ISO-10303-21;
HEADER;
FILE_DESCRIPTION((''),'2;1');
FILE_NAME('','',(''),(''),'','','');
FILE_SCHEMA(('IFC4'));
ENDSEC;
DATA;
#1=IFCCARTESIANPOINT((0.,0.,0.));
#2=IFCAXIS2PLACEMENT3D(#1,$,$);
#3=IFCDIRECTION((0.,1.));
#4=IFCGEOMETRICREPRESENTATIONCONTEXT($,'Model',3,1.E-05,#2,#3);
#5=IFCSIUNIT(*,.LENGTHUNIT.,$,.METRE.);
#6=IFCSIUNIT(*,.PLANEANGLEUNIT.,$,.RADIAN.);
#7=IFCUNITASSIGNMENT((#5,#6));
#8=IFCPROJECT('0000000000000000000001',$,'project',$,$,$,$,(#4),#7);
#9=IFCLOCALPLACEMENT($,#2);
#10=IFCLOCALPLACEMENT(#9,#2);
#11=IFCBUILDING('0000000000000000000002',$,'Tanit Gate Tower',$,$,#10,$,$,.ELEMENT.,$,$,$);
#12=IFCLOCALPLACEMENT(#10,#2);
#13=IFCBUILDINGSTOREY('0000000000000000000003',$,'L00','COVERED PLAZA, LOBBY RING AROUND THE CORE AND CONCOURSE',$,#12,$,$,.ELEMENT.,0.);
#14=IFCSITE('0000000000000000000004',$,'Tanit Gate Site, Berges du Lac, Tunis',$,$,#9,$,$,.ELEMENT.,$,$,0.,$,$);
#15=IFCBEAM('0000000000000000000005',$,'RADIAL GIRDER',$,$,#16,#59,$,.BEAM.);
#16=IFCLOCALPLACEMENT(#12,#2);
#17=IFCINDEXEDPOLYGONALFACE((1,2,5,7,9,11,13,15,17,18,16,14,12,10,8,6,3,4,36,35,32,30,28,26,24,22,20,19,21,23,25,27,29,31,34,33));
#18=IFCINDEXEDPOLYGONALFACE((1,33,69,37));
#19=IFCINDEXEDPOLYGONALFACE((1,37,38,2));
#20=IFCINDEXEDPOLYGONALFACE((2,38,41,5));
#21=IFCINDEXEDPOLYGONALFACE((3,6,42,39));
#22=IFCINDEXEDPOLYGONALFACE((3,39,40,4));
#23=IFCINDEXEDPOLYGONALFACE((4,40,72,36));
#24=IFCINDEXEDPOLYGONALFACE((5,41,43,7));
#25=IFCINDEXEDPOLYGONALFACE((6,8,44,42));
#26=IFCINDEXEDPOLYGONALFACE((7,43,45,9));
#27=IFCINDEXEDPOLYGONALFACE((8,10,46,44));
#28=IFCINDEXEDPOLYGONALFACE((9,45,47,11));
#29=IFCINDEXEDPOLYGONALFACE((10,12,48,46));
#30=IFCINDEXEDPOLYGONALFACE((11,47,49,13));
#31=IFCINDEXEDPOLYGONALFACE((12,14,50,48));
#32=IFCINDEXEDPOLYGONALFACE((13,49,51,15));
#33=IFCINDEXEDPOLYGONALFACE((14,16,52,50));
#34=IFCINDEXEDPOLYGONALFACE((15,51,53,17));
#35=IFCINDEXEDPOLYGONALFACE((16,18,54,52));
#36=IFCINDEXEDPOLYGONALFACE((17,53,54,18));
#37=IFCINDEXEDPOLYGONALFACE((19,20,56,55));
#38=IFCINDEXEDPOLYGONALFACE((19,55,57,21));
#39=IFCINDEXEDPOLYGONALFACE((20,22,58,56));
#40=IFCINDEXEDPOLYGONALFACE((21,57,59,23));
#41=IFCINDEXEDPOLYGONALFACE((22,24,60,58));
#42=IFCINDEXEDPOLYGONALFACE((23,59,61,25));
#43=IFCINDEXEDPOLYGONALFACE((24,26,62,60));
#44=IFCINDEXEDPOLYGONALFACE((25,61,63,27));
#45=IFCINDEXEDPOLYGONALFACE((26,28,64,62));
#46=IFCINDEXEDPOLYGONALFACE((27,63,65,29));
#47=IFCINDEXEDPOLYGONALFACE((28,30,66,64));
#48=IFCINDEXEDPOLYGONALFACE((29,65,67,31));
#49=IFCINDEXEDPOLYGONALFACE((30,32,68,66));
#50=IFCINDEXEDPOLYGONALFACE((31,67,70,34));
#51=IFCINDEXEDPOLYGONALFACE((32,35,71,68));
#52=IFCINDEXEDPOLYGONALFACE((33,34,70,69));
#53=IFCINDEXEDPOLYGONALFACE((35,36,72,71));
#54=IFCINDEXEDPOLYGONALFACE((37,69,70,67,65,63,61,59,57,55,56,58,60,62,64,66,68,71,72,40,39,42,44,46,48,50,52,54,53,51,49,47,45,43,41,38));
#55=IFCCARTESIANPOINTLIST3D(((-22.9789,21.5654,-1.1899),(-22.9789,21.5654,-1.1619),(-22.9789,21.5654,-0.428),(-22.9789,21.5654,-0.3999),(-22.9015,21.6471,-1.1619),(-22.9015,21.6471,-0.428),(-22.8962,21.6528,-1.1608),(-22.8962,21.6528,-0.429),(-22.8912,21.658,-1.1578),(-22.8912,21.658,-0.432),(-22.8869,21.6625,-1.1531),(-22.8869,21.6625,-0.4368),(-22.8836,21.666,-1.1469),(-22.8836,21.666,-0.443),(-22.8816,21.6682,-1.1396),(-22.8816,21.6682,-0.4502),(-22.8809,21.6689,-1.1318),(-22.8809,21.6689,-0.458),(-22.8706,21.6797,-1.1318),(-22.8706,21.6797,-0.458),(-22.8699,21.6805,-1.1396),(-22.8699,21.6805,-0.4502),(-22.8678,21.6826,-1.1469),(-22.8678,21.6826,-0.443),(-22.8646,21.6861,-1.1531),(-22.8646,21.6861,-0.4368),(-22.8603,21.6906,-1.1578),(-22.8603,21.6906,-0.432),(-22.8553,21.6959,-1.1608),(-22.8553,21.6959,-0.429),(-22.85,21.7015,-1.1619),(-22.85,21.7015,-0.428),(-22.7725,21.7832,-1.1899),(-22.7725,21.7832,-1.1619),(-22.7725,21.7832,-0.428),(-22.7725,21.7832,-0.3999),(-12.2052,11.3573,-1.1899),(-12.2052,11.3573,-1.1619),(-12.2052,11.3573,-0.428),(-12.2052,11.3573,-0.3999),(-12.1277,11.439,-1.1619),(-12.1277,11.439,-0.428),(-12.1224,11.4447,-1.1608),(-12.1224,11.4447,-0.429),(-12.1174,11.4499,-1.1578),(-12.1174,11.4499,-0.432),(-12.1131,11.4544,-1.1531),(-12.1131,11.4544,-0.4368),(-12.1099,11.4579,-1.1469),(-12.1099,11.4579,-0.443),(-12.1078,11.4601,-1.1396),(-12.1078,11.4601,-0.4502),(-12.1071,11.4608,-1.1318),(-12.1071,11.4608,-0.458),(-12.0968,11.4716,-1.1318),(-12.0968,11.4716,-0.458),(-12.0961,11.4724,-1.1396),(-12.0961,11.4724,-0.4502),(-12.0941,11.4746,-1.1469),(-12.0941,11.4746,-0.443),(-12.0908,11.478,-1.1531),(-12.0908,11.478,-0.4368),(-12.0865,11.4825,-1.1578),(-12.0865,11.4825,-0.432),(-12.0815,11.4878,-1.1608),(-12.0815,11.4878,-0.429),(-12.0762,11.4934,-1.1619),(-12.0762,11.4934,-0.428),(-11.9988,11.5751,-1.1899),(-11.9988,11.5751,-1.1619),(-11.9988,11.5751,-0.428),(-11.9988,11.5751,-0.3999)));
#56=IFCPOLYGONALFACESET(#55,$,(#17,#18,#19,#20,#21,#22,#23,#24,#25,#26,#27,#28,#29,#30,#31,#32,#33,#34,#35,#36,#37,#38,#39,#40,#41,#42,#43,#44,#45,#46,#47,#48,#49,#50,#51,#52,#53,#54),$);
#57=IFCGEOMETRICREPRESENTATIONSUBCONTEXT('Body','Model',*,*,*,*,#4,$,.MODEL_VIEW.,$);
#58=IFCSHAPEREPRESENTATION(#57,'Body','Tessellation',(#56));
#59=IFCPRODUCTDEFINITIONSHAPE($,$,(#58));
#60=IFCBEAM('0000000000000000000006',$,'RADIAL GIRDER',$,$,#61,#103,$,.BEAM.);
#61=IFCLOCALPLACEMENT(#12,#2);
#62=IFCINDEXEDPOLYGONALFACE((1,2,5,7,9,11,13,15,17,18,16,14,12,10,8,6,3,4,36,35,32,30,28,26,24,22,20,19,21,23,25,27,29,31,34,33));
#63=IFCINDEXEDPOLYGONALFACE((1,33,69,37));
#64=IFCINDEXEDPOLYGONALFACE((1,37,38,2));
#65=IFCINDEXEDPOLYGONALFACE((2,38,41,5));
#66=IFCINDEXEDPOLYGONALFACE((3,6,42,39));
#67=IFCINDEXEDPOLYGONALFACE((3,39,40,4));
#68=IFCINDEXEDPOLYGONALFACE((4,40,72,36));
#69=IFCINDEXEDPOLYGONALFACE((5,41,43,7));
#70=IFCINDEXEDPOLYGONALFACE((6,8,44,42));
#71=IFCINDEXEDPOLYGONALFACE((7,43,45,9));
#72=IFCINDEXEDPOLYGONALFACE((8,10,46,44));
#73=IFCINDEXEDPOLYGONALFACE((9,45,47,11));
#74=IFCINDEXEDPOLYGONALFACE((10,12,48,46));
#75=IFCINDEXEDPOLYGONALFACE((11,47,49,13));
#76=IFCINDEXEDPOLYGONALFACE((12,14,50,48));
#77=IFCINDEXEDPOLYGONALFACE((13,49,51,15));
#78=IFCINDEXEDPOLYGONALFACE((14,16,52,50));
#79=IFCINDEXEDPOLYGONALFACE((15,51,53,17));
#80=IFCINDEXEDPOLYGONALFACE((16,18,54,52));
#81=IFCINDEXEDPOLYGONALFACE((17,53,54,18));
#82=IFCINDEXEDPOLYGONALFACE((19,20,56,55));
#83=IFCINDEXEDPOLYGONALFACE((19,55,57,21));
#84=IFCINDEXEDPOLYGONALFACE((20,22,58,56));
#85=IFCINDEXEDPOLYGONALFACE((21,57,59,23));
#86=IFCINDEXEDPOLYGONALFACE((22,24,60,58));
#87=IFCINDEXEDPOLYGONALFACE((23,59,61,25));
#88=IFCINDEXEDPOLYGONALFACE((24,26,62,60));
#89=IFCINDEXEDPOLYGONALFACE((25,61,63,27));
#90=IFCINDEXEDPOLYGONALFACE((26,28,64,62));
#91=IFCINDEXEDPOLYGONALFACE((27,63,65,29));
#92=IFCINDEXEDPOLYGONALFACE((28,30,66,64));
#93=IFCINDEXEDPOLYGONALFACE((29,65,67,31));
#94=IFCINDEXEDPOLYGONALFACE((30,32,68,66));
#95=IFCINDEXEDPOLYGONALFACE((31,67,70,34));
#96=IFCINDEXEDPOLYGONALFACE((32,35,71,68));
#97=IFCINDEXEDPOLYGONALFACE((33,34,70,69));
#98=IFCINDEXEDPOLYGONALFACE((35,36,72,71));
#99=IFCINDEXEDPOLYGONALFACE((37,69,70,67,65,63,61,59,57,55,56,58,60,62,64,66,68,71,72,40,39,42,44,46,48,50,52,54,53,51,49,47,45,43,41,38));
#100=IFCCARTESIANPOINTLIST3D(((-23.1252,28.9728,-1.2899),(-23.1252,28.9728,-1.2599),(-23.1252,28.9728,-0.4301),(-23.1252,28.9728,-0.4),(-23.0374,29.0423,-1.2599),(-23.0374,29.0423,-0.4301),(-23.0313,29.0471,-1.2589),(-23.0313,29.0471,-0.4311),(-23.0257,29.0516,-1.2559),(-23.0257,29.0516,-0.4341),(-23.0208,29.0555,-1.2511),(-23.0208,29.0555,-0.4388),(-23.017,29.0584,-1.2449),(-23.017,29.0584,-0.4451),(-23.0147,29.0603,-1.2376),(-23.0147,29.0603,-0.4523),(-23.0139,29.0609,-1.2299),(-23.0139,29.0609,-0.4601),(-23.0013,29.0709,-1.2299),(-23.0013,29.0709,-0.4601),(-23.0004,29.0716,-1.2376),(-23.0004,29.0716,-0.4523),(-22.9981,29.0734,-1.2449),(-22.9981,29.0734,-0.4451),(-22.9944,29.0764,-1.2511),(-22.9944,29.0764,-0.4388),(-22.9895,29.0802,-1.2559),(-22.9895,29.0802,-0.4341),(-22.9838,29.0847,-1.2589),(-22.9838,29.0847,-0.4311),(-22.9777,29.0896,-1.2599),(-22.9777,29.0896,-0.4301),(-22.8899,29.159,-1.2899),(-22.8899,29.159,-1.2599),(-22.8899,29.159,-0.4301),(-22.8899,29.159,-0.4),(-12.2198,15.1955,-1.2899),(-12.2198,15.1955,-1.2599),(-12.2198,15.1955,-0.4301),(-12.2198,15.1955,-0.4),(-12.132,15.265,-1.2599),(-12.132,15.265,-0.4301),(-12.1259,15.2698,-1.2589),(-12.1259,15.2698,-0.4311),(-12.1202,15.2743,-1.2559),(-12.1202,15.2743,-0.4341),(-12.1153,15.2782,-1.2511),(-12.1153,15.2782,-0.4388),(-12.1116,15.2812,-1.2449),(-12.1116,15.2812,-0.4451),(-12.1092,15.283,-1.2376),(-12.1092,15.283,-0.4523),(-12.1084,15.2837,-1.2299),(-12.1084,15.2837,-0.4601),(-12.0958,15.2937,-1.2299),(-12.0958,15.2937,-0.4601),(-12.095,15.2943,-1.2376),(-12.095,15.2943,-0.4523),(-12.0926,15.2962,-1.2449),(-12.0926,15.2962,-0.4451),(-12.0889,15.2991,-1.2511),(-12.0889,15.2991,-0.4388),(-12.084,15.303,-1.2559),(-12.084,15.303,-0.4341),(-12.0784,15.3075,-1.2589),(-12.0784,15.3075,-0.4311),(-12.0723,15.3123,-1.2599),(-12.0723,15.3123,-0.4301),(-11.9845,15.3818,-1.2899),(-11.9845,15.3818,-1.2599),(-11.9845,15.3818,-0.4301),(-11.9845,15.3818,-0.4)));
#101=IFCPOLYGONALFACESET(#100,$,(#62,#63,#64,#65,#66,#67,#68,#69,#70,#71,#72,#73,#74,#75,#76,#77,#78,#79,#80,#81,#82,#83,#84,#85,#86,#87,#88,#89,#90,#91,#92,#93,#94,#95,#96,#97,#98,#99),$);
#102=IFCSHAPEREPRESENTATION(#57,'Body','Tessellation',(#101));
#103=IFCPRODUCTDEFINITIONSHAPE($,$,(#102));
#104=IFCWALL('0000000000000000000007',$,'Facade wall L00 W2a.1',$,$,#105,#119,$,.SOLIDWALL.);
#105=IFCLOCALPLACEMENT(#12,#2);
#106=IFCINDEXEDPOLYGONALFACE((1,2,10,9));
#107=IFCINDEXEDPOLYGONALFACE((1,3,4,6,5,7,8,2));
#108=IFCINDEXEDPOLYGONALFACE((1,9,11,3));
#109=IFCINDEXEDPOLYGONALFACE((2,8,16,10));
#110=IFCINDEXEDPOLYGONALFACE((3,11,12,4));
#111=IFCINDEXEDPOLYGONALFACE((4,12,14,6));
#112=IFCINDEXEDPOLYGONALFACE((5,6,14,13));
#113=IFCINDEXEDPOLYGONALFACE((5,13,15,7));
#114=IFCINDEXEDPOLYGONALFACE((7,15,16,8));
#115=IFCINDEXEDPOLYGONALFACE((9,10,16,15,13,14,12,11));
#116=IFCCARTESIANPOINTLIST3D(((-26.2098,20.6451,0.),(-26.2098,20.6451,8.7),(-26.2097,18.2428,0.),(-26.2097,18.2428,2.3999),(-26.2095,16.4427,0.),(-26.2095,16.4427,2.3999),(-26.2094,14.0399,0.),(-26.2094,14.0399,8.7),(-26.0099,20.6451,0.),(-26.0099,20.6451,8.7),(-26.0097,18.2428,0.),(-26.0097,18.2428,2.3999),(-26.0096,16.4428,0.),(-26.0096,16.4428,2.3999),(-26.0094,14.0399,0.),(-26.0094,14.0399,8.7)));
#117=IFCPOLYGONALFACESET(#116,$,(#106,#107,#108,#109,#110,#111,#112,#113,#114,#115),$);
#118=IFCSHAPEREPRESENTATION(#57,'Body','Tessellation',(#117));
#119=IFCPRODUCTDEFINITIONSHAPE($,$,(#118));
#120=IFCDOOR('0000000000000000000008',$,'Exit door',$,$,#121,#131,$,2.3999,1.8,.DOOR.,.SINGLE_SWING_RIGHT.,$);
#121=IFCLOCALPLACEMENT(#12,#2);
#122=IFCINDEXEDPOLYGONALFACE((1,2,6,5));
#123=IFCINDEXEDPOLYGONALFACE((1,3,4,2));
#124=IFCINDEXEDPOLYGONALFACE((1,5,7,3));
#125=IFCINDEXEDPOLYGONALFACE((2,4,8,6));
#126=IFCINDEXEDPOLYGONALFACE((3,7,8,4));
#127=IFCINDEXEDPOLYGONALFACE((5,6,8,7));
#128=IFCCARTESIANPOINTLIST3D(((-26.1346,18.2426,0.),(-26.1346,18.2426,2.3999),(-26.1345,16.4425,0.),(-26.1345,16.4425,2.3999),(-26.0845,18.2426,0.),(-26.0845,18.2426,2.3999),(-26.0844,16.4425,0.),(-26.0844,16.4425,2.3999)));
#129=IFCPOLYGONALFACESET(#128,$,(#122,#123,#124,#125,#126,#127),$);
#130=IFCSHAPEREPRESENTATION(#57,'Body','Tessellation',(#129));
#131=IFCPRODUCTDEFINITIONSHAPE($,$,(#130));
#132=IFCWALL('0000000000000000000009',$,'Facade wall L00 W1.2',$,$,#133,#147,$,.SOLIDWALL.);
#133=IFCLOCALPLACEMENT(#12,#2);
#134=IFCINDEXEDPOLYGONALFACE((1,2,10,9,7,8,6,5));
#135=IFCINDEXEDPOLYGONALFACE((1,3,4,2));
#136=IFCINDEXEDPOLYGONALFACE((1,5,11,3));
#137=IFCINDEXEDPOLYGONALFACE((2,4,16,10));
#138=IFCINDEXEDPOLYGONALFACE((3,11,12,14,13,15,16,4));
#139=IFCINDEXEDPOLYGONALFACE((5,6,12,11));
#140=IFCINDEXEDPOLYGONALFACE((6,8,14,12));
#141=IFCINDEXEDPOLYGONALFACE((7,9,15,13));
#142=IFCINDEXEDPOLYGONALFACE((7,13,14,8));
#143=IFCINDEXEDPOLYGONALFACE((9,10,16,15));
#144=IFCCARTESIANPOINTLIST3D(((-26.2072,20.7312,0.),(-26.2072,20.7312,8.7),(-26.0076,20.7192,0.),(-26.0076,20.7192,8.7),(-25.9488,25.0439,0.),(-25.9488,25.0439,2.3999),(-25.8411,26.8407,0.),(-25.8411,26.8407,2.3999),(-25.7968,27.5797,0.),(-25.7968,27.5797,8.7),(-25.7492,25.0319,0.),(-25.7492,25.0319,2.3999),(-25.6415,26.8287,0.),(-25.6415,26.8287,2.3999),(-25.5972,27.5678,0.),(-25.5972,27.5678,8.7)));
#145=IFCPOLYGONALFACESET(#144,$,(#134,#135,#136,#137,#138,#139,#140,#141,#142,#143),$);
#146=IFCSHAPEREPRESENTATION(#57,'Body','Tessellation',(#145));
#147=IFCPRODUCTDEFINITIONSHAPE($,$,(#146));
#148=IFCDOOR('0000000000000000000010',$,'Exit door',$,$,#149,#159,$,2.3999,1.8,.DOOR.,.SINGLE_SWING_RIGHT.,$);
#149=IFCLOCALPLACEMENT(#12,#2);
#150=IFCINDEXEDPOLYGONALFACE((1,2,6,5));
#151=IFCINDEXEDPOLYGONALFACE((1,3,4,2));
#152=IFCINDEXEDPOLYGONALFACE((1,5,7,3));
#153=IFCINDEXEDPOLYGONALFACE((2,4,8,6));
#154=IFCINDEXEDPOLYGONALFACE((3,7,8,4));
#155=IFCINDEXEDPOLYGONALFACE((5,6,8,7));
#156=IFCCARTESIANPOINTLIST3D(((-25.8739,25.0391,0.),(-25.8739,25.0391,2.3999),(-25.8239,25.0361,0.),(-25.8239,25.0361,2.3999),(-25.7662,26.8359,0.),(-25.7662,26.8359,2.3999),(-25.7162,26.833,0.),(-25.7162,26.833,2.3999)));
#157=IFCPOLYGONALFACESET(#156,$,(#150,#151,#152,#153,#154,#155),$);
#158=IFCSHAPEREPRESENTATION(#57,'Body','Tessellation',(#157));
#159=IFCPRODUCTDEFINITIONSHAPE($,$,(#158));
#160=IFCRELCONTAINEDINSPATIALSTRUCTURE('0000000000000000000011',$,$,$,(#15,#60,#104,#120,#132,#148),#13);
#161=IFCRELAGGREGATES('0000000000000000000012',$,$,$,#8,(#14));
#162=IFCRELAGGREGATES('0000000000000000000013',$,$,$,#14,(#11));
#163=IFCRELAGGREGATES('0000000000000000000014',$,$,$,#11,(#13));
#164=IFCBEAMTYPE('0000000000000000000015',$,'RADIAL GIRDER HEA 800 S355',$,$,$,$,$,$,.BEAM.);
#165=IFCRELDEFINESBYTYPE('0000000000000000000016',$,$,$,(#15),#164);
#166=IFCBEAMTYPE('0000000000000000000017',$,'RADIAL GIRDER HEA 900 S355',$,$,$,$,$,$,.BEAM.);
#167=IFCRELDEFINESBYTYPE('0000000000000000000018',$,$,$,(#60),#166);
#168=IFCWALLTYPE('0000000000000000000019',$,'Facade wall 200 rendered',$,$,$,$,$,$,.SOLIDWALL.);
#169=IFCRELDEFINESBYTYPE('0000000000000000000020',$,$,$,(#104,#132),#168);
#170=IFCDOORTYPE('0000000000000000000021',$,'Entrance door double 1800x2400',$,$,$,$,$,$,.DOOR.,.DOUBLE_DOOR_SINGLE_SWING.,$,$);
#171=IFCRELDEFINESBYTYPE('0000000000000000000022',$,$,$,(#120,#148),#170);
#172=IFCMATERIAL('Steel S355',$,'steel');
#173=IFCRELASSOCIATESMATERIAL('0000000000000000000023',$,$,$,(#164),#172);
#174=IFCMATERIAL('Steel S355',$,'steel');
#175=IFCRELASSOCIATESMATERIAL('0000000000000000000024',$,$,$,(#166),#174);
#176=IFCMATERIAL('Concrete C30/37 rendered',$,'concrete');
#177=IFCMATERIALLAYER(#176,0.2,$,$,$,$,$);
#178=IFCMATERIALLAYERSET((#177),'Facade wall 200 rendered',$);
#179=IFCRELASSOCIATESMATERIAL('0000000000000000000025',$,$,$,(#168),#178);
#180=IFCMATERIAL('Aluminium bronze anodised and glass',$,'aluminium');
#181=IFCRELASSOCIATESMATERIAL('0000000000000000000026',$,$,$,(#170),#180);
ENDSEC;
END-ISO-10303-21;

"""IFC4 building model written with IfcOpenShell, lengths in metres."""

from ifc_helpers import new_model, si_unit, direction, frame, frame_2d, origin, origin_2d, place, context, subcontext, project, spatial, rectangle, i_section, extrude, material, layer, layer_set, material_profile, profile_set, type_object, element, fill, save


model = new_model("IFC4")

# Units and contexts
model_context = context("Model", 3, precision=1e-05, world=origin(), true_north=direction((0.0, 1.0)))
body_context = subcontext(model_context, "Body", "Model", "MODEL_VIEW")
ifc_project = project(units=[si_unit("LENGTHUNIT", "METRE"), si_unit("PLANEANGLEUNIT", "RADIAN")], contexts=[model_context])

# Site, building, storey
site_placement = place(None, origin())
site = spatial("IfcSite", under=ifc_project, at=site_placement, Name="Tanit Gate Site, Berges du Lac, Tunis", CompositionType="ELEMENT", RefElevation=0.0)
building_placement = place(site_placement, origin())
building = spatial("IfcBuilding", under=site, at=building_placement, Name="Tanit Gate Tower", CompositionType="ELEMENT")
storey_placement = place(building_placement, origin())
storey = spatial("IfcBuildingStorey", under=building, at=storey_placement, Name="L00", Description="COVERED PLAZA, LOBBY RING AROUND THE CORE AND CONCOURSE", CompositionType="ELEMENT", Elevation=0.0)

# Beams
ifc_material_1 = material(Name="Steel S355", Category="steel")
ifc_material_profile_1 = material_profile(ifc_material_1, i_section(OverallWidth=0.3, OverallDepth=0.79, WebThickness=0.0149, FlangeThickness=0.0281, FilletRadius=0.03, at=origin_2d()), Name="HEA 800")
ifc_profile_set_1 = profile_set([ifc_material_profile_1], Name="Steel S355")
beam_type_1 = type_object("IfcBeamType", Name="RADIAL GIRDER HEA 800 S355", PredefinedType="BEAM", material=ifc_profile_set_1)
beam_1_placement = place(storey_placement, frame((-22.8757, 21.6743, -0.7949), z_axis=(0.725907, -0.687793, 0.0), x_axis=(0.687793, 0.725907, 0.0)))
element("IfcBeam", 1, at=beam_1_placement, inside=storey, type_object=beam_type_1, Name="RADIAL GIRDER", PredefinedType="BEAM", context=body_context, shape_type="SweptSolid", body=[
    extrude(i_section(OverallWidth=0.3, OverallDepth=0.79, WebThickness=0.0149, FlangeThickness=0.0281, FilletRadius=0.03, at=origin_2d()), origin(), (0.0, 0.0, 1.0), 14.8418),
])
ifc_material_2 = material(Name="Steel S355", Category="steel")
ifc_material_profile_2 = material_profile(ifc_material_2, i_section(OverallWidth=0.3, OverallDepth=0.8899, WebThickness=0.0161, FlangeThickness=0.03, FilletRadius=0.03, at=origin_2d()), Name="HEA 900")
ifc_profile_set_2 = profile_set([ifc_material_profile_2], Name="Steel S355")
beam_type_2 = type_object("IfcBeamType", Name="RADIAL GIRDER HEA 900 S355", PredefinedType="BEAM", material=ifc_profile_set_2)
beam_2_placement = place(storey_placement, frame((-23.0076, 29.0659, -0.845), z_axis=(0.620649, -0.784089, 0.0), x_axis=(0.784089, 0.620649, 0.0)))
element("IfcBeam", 2, at=beam_2_placement, inside=storey, type_object=beam_type_2, Name="RADIAL GIRDER", PredefinedType="BEAM", context=body_context, shape_type="SweptSolid", body=[
    extrude(i_section(OverallWidth=0.3, OverallDepth=0.8899, WebThickness=0.0161, FlangeThickness=0.03, FilletRadius=0.03, at=origin_2d()), origin(), (0.0, 0.0, 1.0), 17.571),
])

# Walls, openings, doors
ifc_material_3 = material(Name="Concrete C30/37 rendered", Category="concrete")
ifc_layer_1 = layer(ifc_material_3, 0.2)
ifc_layer_set_1 = layer_set([ifc_layer_1], Name="Facade wall 200 rendered")
wall_type_1 = type_object("IfcWallType", Name="Facade wall 200 rendered", PredefinedType="SOLIDWALL", material=ifc_layer_set_1)
wall_1_placement = place(storey_placement, frame((-26.1099, 20.6453, 0.0), z_axis=(0.0, 0.0, 1.0), x_axis=(0.000074, -1.0, 0.0)))
wall_1 = element("IfcWall", 3, at=wall_1_placement, inside=storey, type_object=wall_type_1, Name="Facade wall L00 W2a.1", PredefinedType="SOLIDWALL", context=body_context, shape_type="SweptSolid", body=[
    extrude(rectangle(XDim=6.6052, YDim=0.2, at=frame_2d((3.3027, 0.0))), origin(), (0.0, 0.0, 1.0), 8.7),
])
opening_1_placement = place(wall_1_placement, frame((2.4026, 0.0, 0.0)))
opening_1 = element("IfcOpeningElement", 4, at=opening_1_placement, cuts=wall_1, PredefinedType="OPENING", context=body_context, shape_type="SweptSolid", body=[
    extrude(rectangle(XDim=1.8, YDim=2.3999, at=frame_2d((0.8999, 1.2))), frame((0.0, 0.1099, 0.0), z_axis=(0.0, -1.0, 0.0), x_axis=(1.0, 0.0, 0.0)), (0.0, 0.0, 1.0), 0.22),
])
ifc_material_4 = material(Name="Aluminium bronze anodised and glass", Category="aluminium")
door_type_1 = type_object("IfcDoorType", Name="Entrance door double 1800x2400", OperationType="DOUBLE_DOOR_SINGLE_SWING", PredefinedType="DOOR", material=ifc_material_4)
door_1_placement = place(opening_1_placement, frame((1.8, 0.0, 0.0), z_axis=(0.0, 0.0, 1.0), x_axis=(-1.0, 0.0, 0.0)))
door_1 = element("IfcDoor", 5, at=door_1_placement, inside=storey, type_object=door_type_1, Name="Exit door", OperationType="SINGLE_SWING_RIGHT", OverallHeight=2.3999, OverallWidth=1.8, PredefinedType="DOOR", context=body_context, shape_type="SweptSolid", body=[
    extrude(rectangle(XDim=1.8, YDim=2.3999, at=frame_2d((0.8999, 1.2))), frame((0.0, 0.0249, 0.0), z_axis=(0.0, -1.0, 0.0), x_axis=(1.0, 0.0, 0.0)), (0.0, 0.0, 1.0), 0.05),
])
fill(opening_1, door_1)
wall_2_placement = place(storey_placement, frame((-25.697, 27.5737, 0.0), z_axis=(0.0, 0.0, 1.0), x_axis=(-0.059817, -0.998209, 0.0)))
wall_2 = element("IfcWall", 6, at=wall_2_placement, inside=storey, type_object=wall_type_1, Name="Facade wall L00 W1.2", PredefinedType="SOLIDWALL", context=body_context, shape_type="SweptSolid", body=[
    extrude(rectangle(XDim=6.8608, YDim=0.2, at=frame_2d((3.4304, 0.0))), origin(), (0.0, 0.0, 1.0), 8.7),
])
opening_2_placement = place(wall_2_placement, frame((0.7405, 0.0, 0.0)))
opening_2 = element("IfcOpeningElement", 7, at=opening_2_placement, cuts=wall_2, PredefinedType="OPENING", context=body_context, shape_type="SweptSolid", body=[
    extrude(rectangle(XDim=1.8, YDim=2.3999, at=frame_2d((0.8999, 1.2))), frame((0.0, 0.1099, 0.0), z_axis=(0.0, -1.0, 0.0), x_axis=(1.0, 0.0, 0.0)), (0.0, 0.0, 1.0), 0.22),
])
door_2_placement = place(opening_2_placement, frame((1.8, 0.0, 0.0), z_axis=(0.0, 0.0, 1.0), x_axis=(-1.0, 0.0, 0.0)))
door_2 = element("IfcDoor", 8, at=door_2_placement, inside=storey, type_object=door_type_1, Name="Exit door", OperationType="SINGLE_SWING_RIGHT", OverallHeight=2.3999, OverallWidth=1.8, PredefinedType="DOOR", context=body_context, shape_type="SweptSolid", body=[
    extrude(rectangle(XDim=1.8, YDim=2.3999, at=frame_2d((0.8999, 1.2))), frame((0.0, 0.0249, 0.0), z_axis=(0.0, -1.0, 0.0), x_axis=(1.0, 0.0, 0.0)), (0.0, 0.0, 1.0), 0.05),
])
fill(opening_2, door_2)

save(model, "model.ifc")
